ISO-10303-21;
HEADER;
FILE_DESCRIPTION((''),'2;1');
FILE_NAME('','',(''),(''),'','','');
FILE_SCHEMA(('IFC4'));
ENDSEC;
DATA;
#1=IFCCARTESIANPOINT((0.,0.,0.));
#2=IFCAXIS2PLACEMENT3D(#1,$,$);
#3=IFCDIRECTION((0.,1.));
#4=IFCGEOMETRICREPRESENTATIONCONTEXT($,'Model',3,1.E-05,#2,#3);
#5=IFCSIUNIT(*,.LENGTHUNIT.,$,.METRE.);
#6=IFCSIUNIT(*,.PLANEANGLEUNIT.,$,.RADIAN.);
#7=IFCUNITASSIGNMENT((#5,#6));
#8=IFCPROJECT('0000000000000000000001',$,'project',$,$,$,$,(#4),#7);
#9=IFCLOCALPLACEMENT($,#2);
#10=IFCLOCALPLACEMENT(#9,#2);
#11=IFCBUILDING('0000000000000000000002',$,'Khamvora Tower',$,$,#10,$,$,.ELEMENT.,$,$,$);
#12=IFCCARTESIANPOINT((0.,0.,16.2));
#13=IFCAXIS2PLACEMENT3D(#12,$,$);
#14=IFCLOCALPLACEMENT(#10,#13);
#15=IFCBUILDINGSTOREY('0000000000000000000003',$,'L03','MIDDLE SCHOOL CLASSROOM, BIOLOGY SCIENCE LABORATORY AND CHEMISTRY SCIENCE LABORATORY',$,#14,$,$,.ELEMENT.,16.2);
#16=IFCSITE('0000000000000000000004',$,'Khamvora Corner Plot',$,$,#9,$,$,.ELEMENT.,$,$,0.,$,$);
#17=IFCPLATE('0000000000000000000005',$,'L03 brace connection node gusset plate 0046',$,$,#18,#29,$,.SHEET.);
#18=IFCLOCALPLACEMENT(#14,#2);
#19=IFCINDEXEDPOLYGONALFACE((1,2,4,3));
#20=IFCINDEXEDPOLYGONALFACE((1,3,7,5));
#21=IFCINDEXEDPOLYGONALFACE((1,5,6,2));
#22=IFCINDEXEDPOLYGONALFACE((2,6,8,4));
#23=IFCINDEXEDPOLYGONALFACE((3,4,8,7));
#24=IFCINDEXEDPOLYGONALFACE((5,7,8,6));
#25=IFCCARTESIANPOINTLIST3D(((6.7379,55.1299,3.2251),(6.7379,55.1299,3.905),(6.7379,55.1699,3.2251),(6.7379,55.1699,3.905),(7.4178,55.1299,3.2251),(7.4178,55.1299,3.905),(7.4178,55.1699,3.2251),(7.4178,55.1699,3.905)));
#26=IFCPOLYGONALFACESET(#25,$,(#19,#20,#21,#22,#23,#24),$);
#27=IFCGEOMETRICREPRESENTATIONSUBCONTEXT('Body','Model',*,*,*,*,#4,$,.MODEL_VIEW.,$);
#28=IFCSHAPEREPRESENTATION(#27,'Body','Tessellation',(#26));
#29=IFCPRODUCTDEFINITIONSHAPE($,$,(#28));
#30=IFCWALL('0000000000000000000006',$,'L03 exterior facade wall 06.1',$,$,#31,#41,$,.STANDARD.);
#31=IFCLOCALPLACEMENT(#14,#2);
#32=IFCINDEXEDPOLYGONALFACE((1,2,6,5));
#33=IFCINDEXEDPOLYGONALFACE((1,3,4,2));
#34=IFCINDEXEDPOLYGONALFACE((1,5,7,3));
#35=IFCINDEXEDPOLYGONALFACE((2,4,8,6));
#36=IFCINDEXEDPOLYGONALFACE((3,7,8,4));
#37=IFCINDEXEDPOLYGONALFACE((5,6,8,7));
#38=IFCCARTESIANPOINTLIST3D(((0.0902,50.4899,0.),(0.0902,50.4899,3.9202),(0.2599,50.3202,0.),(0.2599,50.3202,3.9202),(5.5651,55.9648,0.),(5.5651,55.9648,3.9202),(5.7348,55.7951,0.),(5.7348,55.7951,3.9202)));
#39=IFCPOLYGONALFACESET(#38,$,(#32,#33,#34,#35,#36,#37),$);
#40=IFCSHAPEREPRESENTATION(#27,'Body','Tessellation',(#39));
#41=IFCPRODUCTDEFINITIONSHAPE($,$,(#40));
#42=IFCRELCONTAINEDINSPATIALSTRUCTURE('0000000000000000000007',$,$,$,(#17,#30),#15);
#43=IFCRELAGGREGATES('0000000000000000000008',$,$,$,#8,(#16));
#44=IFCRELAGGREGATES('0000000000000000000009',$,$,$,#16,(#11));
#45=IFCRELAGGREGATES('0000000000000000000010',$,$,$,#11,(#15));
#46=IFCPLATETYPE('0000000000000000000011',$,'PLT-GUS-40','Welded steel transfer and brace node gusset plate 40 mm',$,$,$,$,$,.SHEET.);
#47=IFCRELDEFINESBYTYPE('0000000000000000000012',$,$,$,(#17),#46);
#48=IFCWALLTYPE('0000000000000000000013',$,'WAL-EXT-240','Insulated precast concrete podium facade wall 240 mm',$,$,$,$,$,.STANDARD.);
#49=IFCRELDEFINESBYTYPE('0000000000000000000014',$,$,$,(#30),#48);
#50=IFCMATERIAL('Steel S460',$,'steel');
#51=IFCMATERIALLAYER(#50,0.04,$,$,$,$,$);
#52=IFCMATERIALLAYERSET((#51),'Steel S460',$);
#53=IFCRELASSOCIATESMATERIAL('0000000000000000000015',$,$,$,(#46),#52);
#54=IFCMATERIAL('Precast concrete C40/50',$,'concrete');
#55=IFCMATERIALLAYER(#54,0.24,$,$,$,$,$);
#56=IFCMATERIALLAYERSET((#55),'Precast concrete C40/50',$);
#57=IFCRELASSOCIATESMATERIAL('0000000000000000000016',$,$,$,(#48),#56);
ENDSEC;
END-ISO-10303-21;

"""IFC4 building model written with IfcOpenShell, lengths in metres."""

from ifc_helpers import new_model, si_unit, direction, frame, frame_2d, origin, origin_2d, place, context, subcontext, project, spatial, rectangle, extrude, material, layer, layer_set, type_object, element, save


model = new_model("IFC4")

# Units and contexts
model_context = context("Model", 3, precision=1e-05, world=origin(), true_north=direction((0.0, 1.0)))
body_context = subcontext(model_context, "Body", "Model", "MODEL_VIEW")
ifc_project = project(units=[si_unit("LENGTHUNIT", "METRE"), si_unit("PLANEANGLEUNIT", "RADIAN")], contexts=[model_context])

# Site, building, storey
site_placement = place(None, origin())
site = spatial("IfcSite", under=ifc_project, at=site_placement, Name="Khamvora Corner Plot", CompositionType="ELEMENT", RefElevation=0.0)
building_placement = place(site_placement, origin())
building = spatial("IfcBuilding", under=site, at=building_placement, Name="Khamvora Tower", CompositionType="ELEMENT")
storey_placement = place(building_placement, frame((0.0, 0.0, 16.2)))
storey = spatial("IfcBuildingStorey", under=building, at=storey_placement, Name="L03", Description="MIDDLE SCHOOL CLASSROOM, BIOLOGY SCIENCE LABORATORY AND CHEMISTRY SCIENCE LABORATORY", CompositionType="ELEMENT", Elevation=16.2)

# Shared definitions
ifc_material_1 = material(Name="Steel S460", Category="steel")

# Plate
ifc_layer_1 = layer(ifc_material_1, 0.04)
ifc_layer_set_1 = layer_set([ifc_layer_1], Name="Steel S460")
plate_type_1 = type_object("IfcPlateType", Name="PLT-GUS-40", Description="Welded steel transfer and brace node gusset plate 40 mm", PredefinedType="SHEET", material=ifc_layer_set_1)
plate_1_placement = place(storey_placement, frame((7.0779, 55.1499, 3.2251), z_axis=(0.0, 0.0, 1.0), x_axis=(1.0, 0.0, 0.0)))
element("IfcPlate", 1, at=plate_1_placement, inside=storey, type_object=plate_type_1, Name="L03 brace connection node gusset plate 0046", PredefinedType="SHEET", context=body_context, shape_type="SweptSolid", body=[
    extrude(rectangle(XDim=0.6799, YDim=0.04, at=origin_2d()), origin(), (0.0, 0.0, 1.0), 0.6799),
])

# Wall
ifc_material_2 = material(Name="Precast concrete C40/50", Category="concrete")
ifc_layer_2 = layer(ifc_material_2, 0.24)
ifc_layer_set_2 = layer_set([ifc_layer_2], Name="Precast concrete C40/50")
wall_type = type_object("IfcWallType", Name="WAL-EXT-240", Description="Insulated precast concrete podium facade wall 240 mm", PredefinedType="STANDARD", material=ifc_layer_set_2)
wall_placement = place(storey_placement, frame((0.175, 50.405, 0.0), z_axis=(0.0, 0.0, 1.0), x_axis=(0.707107, 0.707107, 0.0)))
element("IfcWall", 2, at=wall_placement, inside=storey, type_object=wall_type, Name="L03 exterior facade wall 06.1", PredefinedType="STANDARD", context=body_context, shape_type="SweptSolid", body=[
    extrude(rectangle(XDim=7.7427, YDim=0.24, at=frame_2d((3.8713, 0.0))), origin(), (0.0, 0.0, 1.0), 3.9202),
])

save(model, "model.ifc")
